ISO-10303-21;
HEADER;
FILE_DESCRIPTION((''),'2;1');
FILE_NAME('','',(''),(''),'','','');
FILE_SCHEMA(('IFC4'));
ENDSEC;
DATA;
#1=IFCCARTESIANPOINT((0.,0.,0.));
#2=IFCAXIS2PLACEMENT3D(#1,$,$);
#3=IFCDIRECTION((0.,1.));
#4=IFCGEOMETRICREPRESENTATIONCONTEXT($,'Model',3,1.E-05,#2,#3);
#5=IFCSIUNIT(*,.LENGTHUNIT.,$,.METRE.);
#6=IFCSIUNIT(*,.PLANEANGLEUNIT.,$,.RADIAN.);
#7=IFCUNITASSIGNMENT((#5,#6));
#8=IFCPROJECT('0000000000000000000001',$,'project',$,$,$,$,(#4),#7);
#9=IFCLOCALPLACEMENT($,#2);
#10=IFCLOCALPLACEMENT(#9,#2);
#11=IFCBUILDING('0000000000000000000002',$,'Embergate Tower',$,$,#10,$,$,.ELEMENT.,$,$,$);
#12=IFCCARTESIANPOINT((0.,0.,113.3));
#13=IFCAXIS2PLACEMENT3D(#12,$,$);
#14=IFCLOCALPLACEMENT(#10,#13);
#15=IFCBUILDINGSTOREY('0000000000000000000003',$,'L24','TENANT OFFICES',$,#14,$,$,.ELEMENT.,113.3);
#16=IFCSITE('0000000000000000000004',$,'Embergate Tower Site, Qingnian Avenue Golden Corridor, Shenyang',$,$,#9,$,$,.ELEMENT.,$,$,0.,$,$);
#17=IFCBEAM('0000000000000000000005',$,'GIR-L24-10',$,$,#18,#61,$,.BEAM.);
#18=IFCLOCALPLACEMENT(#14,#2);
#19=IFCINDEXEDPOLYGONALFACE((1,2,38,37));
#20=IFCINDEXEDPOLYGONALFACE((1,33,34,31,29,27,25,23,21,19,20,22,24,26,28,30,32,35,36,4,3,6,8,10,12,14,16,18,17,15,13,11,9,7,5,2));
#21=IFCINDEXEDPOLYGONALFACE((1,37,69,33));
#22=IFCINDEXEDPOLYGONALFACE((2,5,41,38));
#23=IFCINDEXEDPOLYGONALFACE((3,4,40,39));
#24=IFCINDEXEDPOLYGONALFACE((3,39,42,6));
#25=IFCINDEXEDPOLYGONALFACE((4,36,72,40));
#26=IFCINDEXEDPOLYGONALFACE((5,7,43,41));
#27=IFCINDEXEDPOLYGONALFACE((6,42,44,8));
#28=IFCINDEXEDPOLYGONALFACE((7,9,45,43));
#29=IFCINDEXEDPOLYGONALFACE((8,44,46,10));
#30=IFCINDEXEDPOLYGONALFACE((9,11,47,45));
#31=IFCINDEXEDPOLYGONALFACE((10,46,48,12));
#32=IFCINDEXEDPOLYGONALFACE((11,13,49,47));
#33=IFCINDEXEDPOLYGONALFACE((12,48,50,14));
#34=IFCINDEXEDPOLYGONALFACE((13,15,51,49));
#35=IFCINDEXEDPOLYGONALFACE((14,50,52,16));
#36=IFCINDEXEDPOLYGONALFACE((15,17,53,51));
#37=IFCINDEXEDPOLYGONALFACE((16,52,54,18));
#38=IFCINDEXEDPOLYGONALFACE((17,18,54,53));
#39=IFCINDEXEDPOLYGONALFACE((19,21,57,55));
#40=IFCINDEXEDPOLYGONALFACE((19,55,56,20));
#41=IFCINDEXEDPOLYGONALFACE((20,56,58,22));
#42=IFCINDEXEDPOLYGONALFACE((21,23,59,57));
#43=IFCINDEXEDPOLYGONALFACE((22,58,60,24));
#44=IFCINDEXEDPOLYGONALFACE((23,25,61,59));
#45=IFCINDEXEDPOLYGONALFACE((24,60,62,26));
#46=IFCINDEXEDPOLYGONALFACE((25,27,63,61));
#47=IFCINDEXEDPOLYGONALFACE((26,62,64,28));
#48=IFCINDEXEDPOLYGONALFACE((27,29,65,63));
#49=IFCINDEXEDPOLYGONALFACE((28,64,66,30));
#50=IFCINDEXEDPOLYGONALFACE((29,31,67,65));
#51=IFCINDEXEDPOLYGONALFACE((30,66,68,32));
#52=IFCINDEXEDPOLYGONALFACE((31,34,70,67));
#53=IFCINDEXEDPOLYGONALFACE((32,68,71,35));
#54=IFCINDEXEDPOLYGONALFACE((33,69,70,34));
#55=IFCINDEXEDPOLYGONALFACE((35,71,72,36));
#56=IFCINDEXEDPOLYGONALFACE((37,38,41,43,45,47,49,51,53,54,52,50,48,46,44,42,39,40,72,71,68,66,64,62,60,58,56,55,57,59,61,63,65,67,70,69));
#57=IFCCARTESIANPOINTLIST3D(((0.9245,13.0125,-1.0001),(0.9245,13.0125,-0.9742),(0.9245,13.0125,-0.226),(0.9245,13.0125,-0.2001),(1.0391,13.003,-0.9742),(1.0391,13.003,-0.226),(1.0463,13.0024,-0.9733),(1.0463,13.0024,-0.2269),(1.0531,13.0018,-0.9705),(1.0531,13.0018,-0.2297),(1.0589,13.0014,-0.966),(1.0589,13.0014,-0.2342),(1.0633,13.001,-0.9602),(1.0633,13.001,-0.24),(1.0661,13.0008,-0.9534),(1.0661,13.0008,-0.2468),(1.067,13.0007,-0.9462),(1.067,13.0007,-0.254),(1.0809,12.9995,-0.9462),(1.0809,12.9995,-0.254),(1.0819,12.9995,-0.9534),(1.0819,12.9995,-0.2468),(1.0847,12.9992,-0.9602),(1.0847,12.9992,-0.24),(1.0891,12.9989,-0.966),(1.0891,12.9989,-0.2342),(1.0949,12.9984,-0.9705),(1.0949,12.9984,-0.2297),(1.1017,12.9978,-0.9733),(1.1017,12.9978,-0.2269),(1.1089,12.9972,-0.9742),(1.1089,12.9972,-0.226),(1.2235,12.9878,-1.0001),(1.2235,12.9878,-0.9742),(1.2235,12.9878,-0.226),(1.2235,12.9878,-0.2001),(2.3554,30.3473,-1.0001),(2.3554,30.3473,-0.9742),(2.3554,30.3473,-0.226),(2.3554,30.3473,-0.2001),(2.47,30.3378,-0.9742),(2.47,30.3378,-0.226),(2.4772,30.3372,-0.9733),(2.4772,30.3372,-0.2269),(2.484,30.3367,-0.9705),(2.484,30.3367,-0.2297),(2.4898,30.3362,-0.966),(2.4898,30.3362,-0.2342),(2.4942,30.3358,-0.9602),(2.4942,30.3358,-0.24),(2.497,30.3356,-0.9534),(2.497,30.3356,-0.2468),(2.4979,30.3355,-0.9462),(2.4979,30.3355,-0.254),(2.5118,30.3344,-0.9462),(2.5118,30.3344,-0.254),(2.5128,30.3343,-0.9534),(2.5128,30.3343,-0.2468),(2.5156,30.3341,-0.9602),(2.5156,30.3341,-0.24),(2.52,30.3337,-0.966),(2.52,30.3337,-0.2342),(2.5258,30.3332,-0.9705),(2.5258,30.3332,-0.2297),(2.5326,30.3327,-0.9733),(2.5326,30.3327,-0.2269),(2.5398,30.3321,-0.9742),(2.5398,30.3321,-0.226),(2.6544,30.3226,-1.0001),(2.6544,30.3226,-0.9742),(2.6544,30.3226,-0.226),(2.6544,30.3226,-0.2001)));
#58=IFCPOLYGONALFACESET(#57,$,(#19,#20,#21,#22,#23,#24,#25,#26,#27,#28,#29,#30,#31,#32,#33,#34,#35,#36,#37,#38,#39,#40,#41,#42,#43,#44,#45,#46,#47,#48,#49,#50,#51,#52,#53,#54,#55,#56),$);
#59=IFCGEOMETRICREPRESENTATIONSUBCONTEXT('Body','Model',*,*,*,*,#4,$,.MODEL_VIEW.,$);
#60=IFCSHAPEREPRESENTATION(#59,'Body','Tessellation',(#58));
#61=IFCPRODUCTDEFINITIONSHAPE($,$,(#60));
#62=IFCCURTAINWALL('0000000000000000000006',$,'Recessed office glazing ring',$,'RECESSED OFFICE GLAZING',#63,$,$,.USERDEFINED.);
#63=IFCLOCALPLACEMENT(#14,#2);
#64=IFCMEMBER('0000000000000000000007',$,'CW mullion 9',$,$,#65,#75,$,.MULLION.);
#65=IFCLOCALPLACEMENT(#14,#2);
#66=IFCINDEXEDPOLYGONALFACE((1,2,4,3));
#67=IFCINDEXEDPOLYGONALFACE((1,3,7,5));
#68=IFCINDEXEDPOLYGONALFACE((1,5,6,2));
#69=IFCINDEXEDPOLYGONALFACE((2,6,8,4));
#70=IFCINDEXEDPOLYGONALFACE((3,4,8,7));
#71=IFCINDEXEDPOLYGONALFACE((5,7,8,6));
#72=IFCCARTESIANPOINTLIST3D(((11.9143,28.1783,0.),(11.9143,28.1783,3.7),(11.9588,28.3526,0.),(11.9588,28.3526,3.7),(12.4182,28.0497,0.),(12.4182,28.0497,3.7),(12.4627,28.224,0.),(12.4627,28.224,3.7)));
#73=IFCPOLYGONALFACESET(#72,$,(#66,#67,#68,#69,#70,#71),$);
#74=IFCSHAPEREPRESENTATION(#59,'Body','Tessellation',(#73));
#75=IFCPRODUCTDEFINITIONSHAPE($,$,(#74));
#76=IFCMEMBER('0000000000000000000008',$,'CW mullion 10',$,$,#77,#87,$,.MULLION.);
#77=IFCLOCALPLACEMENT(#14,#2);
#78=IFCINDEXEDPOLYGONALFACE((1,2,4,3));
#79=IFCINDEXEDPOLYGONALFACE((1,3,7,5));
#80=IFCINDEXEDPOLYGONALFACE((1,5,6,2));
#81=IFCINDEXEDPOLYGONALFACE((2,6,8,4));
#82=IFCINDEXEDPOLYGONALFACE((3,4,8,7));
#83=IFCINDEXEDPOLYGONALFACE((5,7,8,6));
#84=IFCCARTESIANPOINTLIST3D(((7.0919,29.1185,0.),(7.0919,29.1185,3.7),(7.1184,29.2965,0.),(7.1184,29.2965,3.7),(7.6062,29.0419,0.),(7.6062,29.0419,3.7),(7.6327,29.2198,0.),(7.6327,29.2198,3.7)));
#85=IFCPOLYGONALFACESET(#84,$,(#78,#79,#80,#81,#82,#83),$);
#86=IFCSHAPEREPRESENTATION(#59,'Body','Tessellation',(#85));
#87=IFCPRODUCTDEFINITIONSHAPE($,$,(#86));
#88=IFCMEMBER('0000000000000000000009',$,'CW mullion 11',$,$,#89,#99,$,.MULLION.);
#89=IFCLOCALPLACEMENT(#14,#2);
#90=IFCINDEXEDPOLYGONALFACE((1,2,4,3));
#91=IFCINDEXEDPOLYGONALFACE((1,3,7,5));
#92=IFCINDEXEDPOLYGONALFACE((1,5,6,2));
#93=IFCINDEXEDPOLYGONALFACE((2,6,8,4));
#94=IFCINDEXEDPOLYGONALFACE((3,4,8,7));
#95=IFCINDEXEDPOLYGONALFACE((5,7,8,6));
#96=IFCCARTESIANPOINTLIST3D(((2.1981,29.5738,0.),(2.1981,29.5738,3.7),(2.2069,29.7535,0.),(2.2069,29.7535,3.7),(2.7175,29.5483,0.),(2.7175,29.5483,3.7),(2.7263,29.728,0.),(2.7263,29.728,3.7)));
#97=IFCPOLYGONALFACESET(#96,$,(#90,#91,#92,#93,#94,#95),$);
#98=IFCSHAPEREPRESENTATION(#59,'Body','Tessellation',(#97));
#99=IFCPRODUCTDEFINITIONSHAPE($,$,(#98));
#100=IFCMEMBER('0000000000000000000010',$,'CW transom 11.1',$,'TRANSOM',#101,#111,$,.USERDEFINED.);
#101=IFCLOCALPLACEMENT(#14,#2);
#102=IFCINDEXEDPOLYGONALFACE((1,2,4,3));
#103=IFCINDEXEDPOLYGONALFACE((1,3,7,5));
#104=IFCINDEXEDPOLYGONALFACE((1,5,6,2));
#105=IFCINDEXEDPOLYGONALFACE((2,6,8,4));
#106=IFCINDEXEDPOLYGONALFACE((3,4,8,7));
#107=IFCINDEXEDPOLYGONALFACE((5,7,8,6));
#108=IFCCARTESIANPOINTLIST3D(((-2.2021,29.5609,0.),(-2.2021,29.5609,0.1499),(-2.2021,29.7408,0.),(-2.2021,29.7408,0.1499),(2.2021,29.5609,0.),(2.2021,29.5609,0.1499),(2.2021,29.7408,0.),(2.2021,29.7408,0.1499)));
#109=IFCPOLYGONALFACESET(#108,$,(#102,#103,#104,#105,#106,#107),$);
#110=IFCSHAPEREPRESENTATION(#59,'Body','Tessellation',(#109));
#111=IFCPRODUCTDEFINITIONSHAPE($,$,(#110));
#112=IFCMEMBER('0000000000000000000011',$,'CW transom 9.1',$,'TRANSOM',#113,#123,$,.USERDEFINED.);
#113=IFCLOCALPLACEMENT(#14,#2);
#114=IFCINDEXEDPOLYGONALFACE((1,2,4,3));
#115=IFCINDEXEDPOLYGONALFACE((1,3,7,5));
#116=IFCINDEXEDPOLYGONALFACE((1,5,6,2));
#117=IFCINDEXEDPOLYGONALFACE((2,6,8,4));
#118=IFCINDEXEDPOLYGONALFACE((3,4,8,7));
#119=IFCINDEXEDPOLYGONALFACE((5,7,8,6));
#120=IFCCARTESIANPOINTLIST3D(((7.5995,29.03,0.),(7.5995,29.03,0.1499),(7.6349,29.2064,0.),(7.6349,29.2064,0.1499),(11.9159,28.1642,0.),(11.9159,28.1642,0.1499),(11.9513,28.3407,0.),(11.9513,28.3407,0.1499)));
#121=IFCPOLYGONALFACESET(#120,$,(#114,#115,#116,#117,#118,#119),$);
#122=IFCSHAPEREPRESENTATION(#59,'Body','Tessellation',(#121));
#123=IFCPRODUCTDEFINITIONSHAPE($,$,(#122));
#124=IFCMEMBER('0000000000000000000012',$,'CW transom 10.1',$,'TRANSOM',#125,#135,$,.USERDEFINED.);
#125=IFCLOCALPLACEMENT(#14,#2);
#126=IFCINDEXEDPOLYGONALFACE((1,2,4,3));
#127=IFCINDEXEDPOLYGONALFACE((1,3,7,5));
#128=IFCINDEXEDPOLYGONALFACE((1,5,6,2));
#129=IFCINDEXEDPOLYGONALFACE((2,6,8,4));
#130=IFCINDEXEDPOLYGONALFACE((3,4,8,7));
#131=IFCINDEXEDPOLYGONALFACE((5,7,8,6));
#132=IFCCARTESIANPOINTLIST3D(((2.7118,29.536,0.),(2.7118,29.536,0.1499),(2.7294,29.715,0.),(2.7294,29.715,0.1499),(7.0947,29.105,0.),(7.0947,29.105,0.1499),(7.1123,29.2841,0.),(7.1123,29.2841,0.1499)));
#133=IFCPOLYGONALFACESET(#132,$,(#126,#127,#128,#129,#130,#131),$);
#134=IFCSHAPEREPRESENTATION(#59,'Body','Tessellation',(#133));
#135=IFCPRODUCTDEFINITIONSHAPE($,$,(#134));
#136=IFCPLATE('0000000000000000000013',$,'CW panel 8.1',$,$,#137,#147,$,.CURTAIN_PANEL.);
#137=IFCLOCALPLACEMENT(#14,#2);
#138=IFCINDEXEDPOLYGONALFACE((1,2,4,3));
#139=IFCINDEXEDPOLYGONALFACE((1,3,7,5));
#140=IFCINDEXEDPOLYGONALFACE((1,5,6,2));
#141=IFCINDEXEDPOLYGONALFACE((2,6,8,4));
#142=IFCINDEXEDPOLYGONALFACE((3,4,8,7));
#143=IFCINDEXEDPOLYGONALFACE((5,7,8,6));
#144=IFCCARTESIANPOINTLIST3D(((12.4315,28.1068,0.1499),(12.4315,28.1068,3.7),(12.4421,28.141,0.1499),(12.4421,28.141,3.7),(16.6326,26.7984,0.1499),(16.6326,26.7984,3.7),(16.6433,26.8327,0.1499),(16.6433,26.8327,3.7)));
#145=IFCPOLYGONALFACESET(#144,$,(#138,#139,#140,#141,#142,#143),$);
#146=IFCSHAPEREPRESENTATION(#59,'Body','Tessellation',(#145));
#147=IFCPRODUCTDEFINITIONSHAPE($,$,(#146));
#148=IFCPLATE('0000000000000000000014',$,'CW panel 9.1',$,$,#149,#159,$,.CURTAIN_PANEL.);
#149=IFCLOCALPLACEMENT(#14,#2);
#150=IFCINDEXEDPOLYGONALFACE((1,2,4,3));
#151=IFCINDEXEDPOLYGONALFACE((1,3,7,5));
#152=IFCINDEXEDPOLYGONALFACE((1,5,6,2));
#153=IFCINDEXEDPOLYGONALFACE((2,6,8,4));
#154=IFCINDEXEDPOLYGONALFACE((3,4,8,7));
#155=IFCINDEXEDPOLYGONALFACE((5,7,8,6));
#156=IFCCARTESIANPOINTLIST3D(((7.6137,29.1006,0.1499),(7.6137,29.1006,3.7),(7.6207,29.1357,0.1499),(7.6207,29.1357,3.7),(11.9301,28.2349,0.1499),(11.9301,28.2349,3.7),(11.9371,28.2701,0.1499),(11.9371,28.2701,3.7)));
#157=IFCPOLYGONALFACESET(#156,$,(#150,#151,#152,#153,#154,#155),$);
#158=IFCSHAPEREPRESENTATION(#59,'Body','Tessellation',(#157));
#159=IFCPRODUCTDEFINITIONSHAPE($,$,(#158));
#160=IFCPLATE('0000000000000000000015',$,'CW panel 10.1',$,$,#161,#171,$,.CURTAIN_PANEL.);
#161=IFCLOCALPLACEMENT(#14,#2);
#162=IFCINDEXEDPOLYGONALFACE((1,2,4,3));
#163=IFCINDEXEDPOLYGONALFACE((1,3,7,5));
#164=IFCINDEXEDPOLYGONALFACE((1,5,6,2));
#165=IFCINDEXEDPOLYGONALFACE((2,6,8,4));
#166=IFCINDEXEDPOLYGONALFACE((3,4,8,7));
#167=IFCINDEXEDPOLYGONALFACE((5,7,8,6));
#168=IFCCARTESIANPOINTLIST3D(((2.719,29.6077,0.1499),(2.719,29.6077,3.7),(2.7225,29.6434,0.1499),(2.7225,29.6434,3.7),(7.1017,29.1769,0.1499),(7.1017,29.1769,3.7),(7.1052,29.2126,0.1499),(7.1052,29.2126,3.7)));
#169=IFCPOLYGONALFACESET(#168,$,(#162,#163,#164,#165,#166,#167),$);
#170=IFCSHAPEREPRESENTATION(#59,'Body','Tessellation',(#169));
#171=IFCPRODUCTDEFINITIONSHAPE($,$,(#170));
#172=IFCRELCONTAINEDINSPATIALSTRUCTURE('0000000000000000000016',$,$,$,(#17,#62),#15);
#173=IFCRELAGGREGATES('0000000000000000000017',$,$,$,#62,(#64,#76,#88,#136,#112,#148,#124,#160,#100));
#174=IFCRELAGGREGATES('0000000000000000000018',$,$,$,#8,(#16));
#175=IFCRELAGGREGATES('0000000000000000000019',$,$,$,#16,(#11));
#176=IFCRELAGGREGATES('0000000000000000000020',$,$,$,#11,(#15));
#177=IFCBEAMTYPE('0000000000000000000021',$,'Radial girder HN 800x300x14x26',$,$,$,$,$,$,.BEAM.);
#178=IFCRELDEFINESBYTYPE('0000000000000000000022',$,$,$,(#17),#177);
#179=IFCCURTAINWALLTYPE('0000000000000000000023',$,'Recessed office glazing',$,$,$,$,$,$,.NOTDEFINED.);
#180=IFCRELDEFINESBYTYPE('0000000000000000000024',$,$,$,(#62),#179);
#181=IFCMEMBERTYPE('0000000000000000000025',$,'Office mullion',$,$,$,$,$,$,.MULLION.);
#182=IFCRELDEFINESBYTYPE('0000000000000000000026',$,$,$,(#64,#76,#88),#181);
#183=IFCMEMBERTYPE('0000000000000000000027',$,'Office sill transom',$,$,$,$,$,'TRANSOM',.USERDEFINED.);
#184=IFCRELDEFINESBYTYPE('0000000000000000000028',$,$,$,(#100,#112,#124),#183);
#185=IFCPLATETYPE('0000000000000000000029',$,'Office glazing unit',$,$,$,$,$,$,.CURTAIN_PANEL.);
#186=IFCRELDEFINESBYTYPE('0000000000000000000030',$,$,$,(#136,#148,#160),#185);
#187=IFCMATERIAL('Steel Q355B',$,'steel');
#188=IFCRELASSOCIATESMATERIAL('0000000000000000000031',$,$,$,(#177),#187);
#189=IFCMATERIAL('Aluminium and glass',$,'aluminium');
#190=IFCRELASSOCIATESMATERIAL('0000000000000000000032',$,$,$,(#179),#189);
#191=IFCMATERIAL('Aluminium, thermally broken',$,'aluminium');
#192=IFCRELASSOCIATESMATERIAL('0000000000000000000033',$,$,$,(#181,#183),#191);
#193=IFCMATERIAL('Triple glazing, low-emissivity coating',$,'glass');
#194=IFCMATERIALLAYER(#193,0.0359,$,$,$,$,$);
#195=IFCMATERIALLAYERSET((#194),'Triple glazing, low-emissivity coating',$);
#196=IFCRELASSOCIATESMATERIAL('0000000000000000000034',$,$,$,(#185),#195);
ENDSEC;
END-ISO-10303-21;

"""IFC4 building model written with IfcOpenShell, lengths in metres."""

from ifc_helpers import new_model, si_unit, direction, frame, origin, origin_2d, place, context, subcontext, project, spatial, rectangle, i_section, extrude, source, transform, mapped, material, layer, layer_set, material_profile, profile_set, type_object, element, aggregate, save


model = new_model("IFC4")

# Units and contexts
model_context = context("Model", 3, precision=1e-05, world=origin(), true_north=direction((0.0, 1.0)))
body_context = subcontext(model_context, "Body", "Model", "MODEL_VIEW")
ifc_project = project(units=[si_unit("LENGTHUNIT", "METRE"), si_unit("PLANEANGLEUNIT", "RADIAN")], contexts=[model_context])

# Site, building, storey
site_placement = place(None, origin())
site = spatial("IfcSite", under=ifc_project, at=site_placement, Name="Embergate Tower Site, Qingnian Avenue Golden Corridor, Shenyang", CompositionType="ELEMENT", RefElevation=0.0)
building_placement = place(site_placement, origin())
building = spatial("IfcBuilding", under=site, at=building_placement, Name="Embergate Tower", CompositionType="ELEMENT")
storey_placement = place(building_placement, frame((0.0, 0.0, 113.3)))
storey = spatial("IfcBuildingStorey", under=building, at=storey_placement, Name="L24", Description="TENANT OFFICES", CompositionType="ELEMENT", Elevation=113.3)

# Beam
ifc_material_1 = material(Name="Steel Q355B", Category="steel")
ifc_material_profile_1 = material_profile(ifc_material_1, i_section(OverallWidth=0.3, OverallDepth=0.8, WebThickness=0.0139, FlangeThickness=0.0259, FilletRadius=0.0281, at=origin_2d()), Name="HN 800x300x14x26")
ifc_profile_set_1 = profile_set([ifc_material_profile_1], Name="Steel Q355 grade B")
beam_type_1 = type_object("IfcBeamType", Name="Radial girder HN 800x300x14x26", PredefinedType="BEAM", material=ifc_profile_set_1)
shared_shape_1 = source(origin(), body_context, "Body", "SweptSolid", [
    extrude(i_section(OverallWidth=0.3, OverallDepth=0.8, WebThickness=0.0139, FlangeThickness=0.0259, FilletRadius=0.0281, at=origin_2d()), origin(), (0.0, 0.0, 1.0), 17.3938),
])
beam_1_placement = place(storey_placement, frame((2.5049, 30.335, -0.6001), z_axis=(-0.082265, -0.996611, 0.0), x_axis=(0.996611, -0.082265, 0.0)))
element("IfcBeam", 1, at=beam_1_placement, inside=storey, type_object=beam_type_1, Name="GIR-L24-10", PredefinedType="BEAM", context=body_context, shape_type="MappedRepresentation", body=[
    mapped(shared_shape_1, transform((0.0, 0.0, 0.0))),
])

# Curtain wall, members, plates
ifc_material_2 = material(Name="Aluminium and glass", Category="aluminium")
curtain_wall_type = type_object("IfcCurtainWallType", Name="Recessed office glazing", PredefinedType="NOTDEFINED", material=ifc_material_2)
curtain_wall_placement = place(storey_placement, origin())
curtain_wall = element("IfcCurtainWall", 2, at=curtain_wall_placement, inside=storey, type_object=curtain_wall_type, Name="Recessed office glazing ring", ObjectType="RECESSED OFFICE GLAZING", PredefinedType="USERDEFINED")
ifc_material_3 = material(Name="Aluminium, thermally broken", Category="aluminium")
ifc_material_profile_2 = material_profile(ifc_material_3, rectangle(XDim=0.1799, YDim=0.52, at=origin_2d()), Name="AL 520x180")
ifc_profile_set_2 = profile_set([ifc_material_profile_2], Name="Aluminium, thermally broken")
member_type_1 = type_object("IfcMemberType", Name="Office mullion", PredefinedType="MULLION", material=ifc_profile_set_2)
shared_shape_2 = source(origin(), body_context, "Body", "SweptSolid", [
    extrude(rectangle(XDim=0.1799, YDim=0.52, at=origin_2d()), origin(), (0.0, 0.0, 1.0), 3.7),
])
member_1_placement = place(storey_placement, frame((12.1885, 28.2012, 0.0), z_axis=(0.0, 0.0, 1.0), x_axis=(-0.247315, -0.968935, 0.0)))
member_1 = element("IfcMember", 3, at=member_1_placement, type_object=member_type_1, Name="CW mullion 9", PredefinedType="MULLION", context=body_context, shape_type="MappedRepresentation", body=[
    mapped(shared_shape_2, transform((0.0, 0.0, 0.0))),
])
member_2_placement = place(storey_placement, frame((7.3623, 29.1692, 0.0), z_axis=(0.0, 0.0, 1.0), x_axis=(-0.147414, -0.989075, 0.0)))
member_2 = element("IfcMember", 4, at=member_2_placement, type_object=member_type_1, Name="CW mullion 10", PredefinedType="MULLION", context=body_context, shape_type="MappedRepresentation", body=[
    mapped(shared_shape_2, transform((0.0, 0.0, 0.0))),
])
member_3_placement = place(storey_placement, frame((2.4622, 29.6509, 0.0), z_axis=(0.0, 0.0, 1.0), x_axis=(-0.048972, -0.9988, 0.0)))
member_3 = element("IfcMember", 5, at=member_3_placement, type_object=member_type_1, Name="CW mullion 11", PredefinedType="MULLION", context=body_context, shape_type="MappedRepresentation", body=[
    mapped(shared_shape_2, transform((0.0, 0.0, 0.0))),
])
ifc_material_profile_3 = material_profile(ifc_material_3, rectangle(XDim=0.1799, YDim=0.1499, at=origin_2d()), Name="AL 150x180")
ifc_profile_set_3 = profile_set([ifc_material_profile_3], Name="Aluminium, thermally broken")
member_type_2 = type_object("IfcMemberType", Name="Office sill transom", ElementType="TRANSOM", PredefinedType="USERDEFINED", material=ifc_profile_set_3)
shared_shape_3 = source(origin(), body_context, "Body", "SweptSolid", [
    extrude(rectangle(XDim=0.1799, YDim=0.1499, at=origin_2d()), origin(), (0.0, 0.0, 1.0), 4.4043),
])
member_4_placement = place(storey_placement, frame((2.2021, 29.6509, 0.075), z_axis=(-1.0, 0.0, 0.0), x_axis=(0.0, -1.0, 0.0)))
member_4 = element("IfcMember", 6, at=member_4_placement, type_object=member_type_2, Name="CW transom 11.1", ObjectType="TRANSOM", PredefinedType="USERDEFINED", context=body_context, shape_type="MappedRepresentation", body=[
    mapped(shared_shape_3, transform((0.0, 0.0, 0.0))),
])
shared_shape_4 = source(origin(), body_context, "Body", "SweptSolid", [
    extrude(rectangle(XDim=0.1799, YDim=0.1499, at=origin_2d()), origin(), (0.0, 0.0, 1.0), 4.4023),
])
member_5_placement = place(storey_placement, frame((11.9336, 28.2524, 0.075), z_axis=(-0.980474, 0.196649, 0.0), x_axis=(-0.196649, -0.980474, 0.0)))
member_5 = element("IfcMember", 7, at=member_5_placement, type_object=member_type_2, Name="CW transom 9.1", ObjectType="TRANSOM", PredefinedType="USERDEFINED", context=body_context, shape_type="MappedRepresentation", body=[
    mapped(shared_shape_4, transform((0.0, 0.0, 0.0))),
])
shared_shape_5 = source(origin(), body_context, "Body", "SweptSolid", [
    extrude(rectangle(XDim=0.1799, YDim=0.1499, at=origin_2d()), origin(), (0.0, 0.0, 1.0), 4.4041),
])
member_6_placement = place(storey_placement, frame((7.1035, 29.1946, 0.075), z_axis=(-0.995202, 0.097846, 0.0), x_axis=(-0.097846, -0.995202, 0.0)))
member_6 = element("IfcMember", 8, at=member_6_placement, type_object=member_type_2, Name="CW transom 10.1", ObjectType="TRANSOM", PredefinedType="USERDEFINED", context=body_context, shape_type="MappedRepresentation", body=[
    mapped(shared_shape_5, transform((0.0, 0.0, 0.0))),
])
ifc_material_4 = material(Name="Triple glazing, low-emissivity coating", Category="glass")
ifc_layer_1 = layer(ifc_material_4, 0.0359)
ifc_layer_set_1 = layer_set([ifc_layer_1], Name="Triple glazing, low-emissivity coating")
plate_type = type_object("IfcPlateType", Name="Office glazing unit", PredefinedType="CURTAIN_PANEL", material=ifc_layer_set_1)
shared_shape_6 = source(origin(), body_context, "Body", "SweptSolid", [
    extrude(rectangle(XDim=4.4001, YDim=0.0359, at=origin_2d()), origin(), (0.0, 0.0, 1.0), 3.55),
])
plate_1_placement = place(storey_placement, frame((14.5374, 27.4697, 0.1499), z_axis=(0.0, 0.0, 1.0), x_axis=(-0.954771, 0.297342, 0.0)))
plate_1 = element("IfcPlate", 9, at=plate_1_placement, type_object=plate_type, Name="CW panel 8.1", PredefinedType="CURTAIN_PANEL", context=body_context, shape_type="MappedRepresentation", body=[
    mapped(shared_shape_6, transform((0.0, 0.0, 0.0))),
])
shared_shape_7 = source(origin(), body_context, "Body", "SweptSolid", [
    extrude(rectangle(XDim=4.4023, YDim=0.0359, at=origin_2d()), origin(), (0.0, 0.0, 1.0), 3.55),
])
plate_2_placement = place(storey_placement, frame((9.7754, 28.6853, 0.1499), z_axis=(0.0, 0.0, 1.0), x_axis=(-0.980475, 0.196643, 0.0)))
plate_2 = element("IfcPlate", 10, at=plate_2_placement, type_object=plate_type, Name="CW panel 9.1", PredefinedType="CURTAIN_PANEL", context=body_context, shape_type="MappedRepresentation", body=[
    mapped(shared_shape_7, transform((0.0, 0.0, 0.0))),
])
shared_shape_8 = source(origin(), body_context, "Body", "SweptSolid", [
    extrude(rectangle(XDim=4.4038, YDim=0.0359, at=origin_2d()), origin(), (0.0, 0.0, 1.0), 3.55),
])
plate_3_placement = place(storey_placement, frame((4.9121, 29.4102, 0.1499), z_axis=(0.0, 0.0, 1.0), x_axis=(-0.995203, 0.097831, 0.0)))
plate_3 = element("IfcPlate", 11, at=plate_3_placement, type_object=plate_type, Name="CW panel 10.1", PredefinedType="CURTAIN_PANEL", context=body_context, shape_type="MappedRepresentation", body=[
    mapped(shared_shape_8, transform((0.0, 0.0, 0.0))),
])
aggregate(curtain_wall, [member_1, member_2, member_3, plate_1, member_5, plate_2, member_6, plate_3, member_4])

save(model, "model.ifc")
